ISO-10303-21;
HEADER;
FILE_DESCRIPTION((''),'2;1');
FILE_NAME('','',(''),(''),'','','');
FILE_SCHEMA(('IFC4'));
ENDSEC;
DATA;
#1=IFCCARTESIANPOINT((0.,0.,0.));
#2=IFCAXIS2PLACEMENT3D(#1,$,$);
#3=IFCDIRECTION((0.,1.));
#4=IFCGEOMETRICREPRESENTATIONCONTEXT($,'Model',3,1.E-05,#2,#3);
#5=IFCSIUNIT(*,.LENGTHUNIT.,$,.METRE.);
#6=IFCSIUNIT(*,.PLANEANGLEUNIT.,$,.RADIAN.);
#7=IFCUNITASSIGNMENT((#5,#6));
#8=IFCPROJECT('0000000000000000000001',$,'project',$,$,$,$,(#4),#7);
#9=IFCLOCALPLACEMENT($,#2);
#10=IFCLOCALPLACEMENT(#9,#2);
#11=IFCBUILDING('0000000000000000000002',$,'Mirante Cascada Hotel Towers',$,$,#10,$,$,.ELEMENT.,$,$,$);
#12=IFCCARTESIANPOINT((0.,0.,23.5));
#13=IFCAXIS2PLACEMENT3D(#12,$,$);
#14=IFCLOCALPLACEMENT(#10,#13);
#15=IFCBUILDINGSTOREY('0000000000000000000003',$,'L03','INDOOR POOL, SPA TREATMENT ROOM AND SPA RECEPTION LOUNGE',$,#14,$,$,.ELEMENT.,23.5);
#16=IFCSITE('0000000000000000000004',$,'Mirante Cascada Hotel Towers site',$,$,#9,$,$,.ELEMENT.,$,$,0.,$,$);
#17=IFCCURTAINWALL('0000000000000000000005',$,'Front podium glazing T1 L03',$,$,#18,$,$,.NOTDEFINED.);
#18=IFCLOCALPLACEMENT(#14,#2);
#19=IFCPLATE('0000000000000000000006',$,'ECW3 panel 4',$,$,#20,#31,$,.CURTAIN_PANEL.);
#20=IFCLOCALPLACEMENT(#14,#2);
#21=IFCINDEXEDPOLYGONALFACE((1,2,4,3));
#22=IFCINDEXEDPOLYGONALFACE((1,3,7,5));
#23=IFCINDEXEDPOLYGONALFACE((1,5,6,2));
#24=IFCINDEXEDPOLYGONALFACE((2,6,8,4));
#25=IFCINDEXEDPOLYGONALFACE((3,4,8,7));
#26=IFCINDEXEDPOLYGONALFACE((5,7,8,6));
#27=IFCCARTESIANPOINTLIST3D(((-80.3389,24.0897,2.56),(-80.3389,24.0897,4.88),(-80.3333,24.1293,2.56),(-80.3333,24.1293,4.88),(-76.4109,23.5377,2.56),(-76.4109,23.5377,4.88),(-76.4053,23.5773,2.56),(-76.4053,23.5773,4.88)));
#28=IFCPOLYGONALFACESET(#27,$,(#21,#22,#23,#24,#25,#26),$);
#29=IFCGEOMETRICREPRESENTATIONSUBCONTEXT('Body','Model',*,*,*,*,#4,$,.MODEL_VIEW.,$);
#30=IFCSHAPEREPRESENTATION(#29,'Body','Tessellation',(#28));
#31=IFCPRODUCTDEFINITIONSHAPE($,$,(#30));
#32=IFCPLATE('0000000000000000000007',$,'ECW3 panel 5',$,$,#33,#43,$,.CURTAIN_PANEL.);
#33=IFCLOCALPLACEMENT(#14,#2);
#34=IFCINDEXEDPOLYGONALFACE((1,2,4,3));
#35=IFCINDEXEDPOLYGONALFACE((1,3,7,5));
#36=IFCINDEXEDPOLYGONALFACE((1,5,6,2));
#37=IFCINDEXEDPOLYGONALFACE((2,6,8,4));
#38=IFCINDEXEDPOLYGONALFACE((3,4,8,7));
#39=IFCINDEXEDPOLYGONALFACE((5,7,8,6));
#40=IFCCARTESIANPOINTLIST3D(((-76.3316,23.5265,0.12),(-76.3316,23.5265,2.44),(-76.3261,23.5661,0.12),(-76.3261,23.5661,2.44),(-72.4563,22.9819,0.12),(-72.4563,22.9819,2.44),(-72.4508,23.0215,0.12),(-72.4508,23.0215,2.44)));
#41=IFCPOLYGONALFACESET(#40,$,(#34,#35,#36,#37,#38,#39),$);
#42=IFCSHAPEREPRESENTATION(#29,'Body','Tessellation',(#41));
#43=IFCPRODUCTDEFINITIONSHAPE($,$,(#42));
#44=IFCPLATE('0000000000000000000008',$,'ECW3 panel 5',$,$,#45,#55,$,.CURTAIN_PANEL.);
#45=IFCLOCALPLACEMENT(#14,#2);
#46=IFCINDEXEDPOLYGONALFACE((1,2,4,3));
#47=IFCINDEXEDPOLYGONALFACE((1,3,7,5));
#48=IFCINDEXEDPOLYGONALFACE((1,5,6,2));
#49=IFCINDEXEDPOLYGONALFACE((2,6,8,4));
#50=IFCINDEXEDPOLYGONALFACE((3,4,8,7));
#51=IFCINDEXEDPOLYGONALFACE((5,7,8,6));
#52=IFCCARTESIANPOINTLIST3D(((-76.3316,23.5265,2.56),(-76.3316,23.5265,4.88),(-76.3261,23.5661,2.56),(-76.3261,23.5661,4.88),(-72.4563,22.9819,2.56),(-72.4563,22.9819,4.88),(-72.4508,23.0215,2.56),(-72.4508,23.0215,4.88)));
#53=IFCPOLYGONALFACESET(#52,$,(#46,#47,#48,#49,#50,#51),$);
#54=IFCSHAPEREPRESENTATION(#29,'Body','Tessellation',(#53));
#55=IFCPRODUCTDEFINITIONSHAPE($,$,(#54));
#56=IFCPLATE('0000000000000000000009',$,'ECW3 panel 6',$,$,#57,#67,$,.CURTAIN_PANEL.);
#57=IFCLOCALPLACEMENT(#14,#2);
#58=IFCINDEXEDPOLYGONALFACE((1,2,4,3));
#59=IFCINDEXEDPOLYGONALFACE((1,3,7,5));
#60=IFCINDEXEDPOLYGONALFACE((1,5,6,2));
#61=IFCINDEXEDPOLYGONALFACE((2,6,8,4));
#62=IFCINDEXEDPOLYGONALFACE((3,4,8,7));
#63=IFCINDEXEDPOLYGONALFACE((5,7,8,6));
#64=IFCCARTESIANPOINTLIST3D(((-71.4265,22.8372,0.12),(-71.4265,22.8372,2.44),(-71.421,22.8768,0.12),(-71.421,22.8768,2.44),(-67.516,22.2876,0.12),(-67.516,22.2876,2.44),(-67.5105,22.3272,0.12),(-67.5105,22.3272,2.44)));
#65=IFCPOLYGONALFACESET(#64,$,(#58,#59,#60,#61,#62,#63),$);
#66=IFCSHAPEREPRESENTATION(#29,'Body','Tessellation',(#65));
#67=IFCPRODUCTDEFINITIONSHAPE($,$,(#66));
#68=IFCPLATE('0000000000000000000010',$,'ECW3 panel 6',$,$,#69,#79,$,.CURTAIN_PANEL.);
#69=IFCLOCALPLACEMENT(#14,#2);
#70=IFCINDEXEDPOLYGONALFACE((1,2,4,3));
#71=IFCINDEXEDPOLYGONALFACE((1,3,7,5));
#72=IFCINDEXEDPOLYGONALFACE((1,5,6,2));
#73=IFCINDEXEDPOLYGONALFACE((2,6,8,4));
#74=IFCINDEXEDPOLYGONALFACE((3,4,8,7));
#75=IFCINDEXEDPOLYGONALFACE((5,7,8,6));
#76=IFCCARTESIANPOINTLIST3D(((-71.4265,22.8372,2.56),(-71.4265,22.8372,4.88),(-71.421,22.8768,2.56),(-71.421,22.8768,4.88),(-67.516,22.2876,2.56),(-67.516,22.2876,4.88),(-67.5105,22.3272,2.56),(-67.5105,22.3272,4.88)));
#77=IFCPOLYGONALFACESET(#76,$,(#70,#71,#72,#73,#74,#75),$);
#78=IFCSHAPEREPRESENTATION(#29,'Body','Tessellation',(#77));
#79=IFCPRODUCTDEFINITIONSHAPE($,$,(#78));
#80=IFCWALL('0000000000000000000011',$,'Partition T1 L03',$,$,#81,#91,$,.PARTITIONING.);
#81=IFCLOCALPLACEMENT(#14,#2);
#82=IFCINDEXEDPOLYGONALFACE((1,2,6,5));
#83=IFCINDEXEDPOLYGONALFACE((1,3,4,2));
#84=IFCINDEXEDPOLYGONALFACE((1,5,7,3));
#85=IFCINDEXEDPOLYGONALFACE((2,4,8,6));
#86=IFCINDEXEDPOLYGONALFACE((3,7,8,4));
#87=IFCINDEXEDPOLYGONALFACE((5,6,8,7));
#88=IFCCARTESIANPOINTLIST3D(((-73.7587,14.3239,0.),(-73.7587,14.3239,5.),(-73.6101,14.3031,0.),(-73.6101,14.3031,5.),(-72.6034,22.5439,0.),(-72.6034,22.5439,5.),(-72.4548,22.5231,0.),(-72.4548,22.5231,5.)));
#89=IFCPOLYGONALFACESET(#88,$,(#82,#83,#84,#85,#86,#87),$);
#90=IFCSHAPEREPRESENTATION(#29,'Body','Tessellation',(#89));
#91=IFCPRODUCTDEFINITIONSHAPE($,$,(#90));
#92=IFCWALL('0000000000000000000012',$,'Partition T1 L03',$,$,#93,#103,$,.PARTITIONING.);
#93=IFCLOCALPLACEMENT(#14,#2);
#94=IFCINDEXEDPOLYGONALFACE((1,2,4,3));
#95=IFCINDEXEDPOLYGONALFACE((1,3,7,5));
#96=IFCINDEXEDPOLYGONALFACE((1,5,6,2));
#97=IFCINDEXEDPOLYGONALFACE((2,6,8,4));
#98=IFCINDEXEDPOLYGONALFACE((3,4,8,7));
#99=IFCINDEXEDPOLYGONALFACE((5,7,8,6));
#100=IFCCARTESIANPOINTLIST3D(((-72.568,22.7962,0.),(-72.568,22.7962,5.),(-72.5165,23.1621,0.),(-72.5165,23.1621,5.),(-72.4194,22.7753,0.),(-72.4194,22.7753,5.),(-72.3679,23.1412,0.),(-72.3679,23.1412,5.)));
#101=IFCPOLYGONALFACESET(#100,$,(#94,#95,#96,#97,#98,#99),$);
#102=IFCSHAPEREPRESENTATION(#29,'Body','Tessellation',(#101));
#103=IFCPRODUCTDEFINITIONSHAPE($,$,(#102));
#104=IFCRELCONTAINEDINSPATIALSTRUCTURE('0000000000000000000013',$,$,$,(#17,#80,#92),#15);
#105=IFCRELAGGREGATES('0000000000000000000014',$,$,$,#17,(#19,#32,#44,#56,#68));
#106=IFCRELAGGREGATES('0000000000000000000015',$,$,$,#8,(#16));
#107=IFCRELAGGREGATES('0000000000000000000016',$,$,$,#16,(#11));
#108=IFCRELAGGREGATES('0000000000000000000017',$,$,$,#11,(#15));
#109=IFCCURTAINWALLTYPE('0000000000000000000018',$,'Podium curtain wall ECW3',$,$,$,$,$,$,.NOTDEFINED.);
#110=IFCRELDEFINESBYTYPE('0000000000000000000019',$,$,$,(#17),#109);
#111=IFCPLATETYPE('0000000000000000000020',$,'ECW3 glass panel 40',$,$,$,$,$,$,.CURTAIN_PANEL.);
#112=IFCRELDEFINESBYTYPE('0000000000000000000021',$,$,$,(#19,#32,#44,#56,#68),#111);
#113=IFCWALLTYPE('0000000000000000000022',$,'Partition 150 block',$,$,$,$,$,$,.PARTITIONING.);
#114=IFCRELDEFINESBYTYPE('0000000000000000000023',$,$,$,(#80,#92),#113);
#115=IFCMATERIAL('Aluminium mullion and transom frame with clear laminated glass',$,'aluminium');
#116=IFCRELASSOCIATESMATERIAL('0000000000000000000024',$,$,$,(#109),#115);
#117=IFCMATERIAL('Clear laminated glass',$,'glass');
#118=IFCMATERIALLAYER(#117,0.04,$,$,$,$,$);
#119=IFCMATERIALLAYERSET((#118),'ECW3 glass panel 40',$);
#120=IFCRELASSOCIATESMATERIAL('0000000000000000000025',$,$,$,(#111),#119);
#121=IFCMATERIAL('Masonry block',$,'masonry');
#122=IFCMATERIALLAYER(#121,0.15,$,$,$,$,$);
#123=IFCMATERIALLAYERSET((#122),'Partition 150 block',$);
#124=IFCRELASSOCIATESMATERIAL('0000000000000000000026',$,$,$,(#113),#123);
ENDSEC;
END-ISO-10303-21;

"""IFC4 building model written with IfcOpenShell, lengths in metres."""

from ifc_helpers import new_model, si_unit, direction, frame, frame_2d, origin, origin_2d, place, context, subcontext, project, spatial, rectangle, extrude, material, layer, layer_set, type_object, element, aggregate, save


model = new_model("IFC4")

# Units and contexts
model_context = context("Model", 3, precision=1e-05, world=origin(), true_north=direction((0.0, 1.0)))
body_context = subcontext(model_context, "Body", "Model", "MODEL_VIEW")
ifc_project = project(units=[si_unit("LENGTHUNIT", "METRE"), si_unit("PLANEANGLEUNIT", "RADIAN")], contexts=[model_context])

# Site, building, storey
site_placement = place(None, origin())
site = spatial("IfcSite", under=ifc_project, at=site_placement, Name="Mirante Cascada Hotel Towers site", CompositionType="ELEMENT", RefElevation=0.0)
building_placement = place(site_placement, origin())
building = spatial("IfcBuilding", under=site, at=building_placement, Name="Mirante Cascada Hotel Towers", CompositionType="ELEMENT")
storey_placement = place(building_placement, frame((0.0, 0.0, 23.5)))
storey = spatial("IfcBuildingStorey", under=building, at=storey_placement, Name="L03", Description="INDOOR POOL, SPA TREATMENT ROOM AND SPA RECEPTION LOUNGE", CompositionType="ELEMENT", Elevation=23.5)

# Curtain wall, plates
ifc_material_1 = material(Name="Aluminium mullion and transom frame with clear laminated glass", Category="aluminium")
curtain_wall_type = type_object("IfcCurtainWallType", Name="Podium curtain wall ECW3", PredefinedType="NOTDEFINED", material=ifc_material_1)
curtain_wall_placement = place(storey_placement, origin())
curtain_wall = element("IfcCurtainWall", 1, at=curtain_wall_placement, inside=storey, type_object=curtain_wall_type, Name="Front podium glazing T1 L03", PredefinedType="NOTDEFINED")
ifc_material_2 = material(Name="Clear laminated glass", Category="glass")
ifc_layer_1 = layer(ifc_material_2, 0.04)
ifc_layer_set_1 = layer_set([ifc_layer_1], Name="ECW3 glass panel 40")
plate_type = type_object("IfcPlateType", Name="ECW3 glass panel 40", PredefinedType="CURTAIN_PANEL", material=ifc_layer_set_1)
plate_1_placement = place(storey_placement, frame((-78.3721, 23.8335, 2.56), z_axis=(0.0, 0.0, 1.0), x_axis=(0.990268, -0.139173, 0.0)))
plate_1 = element("IfcPlate", 2, at=plate_1_placement, type_object=plate_type, Name="ECW3 panel 4", PredefinedType="CURTAIN_PANEL", context=body_context, shape_type="SweptSolid", body=[
    extrude(rectangle(XDim=3.9666, YDim=0.04, at=origin_2d()), origin(), (0.0, 0.0, 1.0), 2.32),
])
plate_2_placement = place(storey_placement, frame((-74.3912, 23.274, 0.12), z_axis=(0.0, 0.0, 1.0), x_axis=(0.990268, -0.139173, 0.0)))
plate_2 = element("IfcPlate", 3, at=plate_2_placement, type_object=plate_type, Name="ECW3 panel 5", PredefinedType="CURTAIN_PANEL", context=body_context, shape_type="SweptSolid", body=[
    extrude(rectangle(XDim=3.9134, YDim=0.04, at=origin_2d()), origin(), (0.0, 0.0, 1.0), 2.32),
])
plate_3_placement = place(storey_placement, frame((-74.3912, 23.274, 2.56), z_axis=(0.0, 0.0, 1.0), x_axis=(0.990268, -0.139173, 0.0)))
plate_3 = element("IfcPlate", 4, at=plate_3_placement, type_object=plate_type, Name="ECW3 panel 5", PredefinedType="CURTAIN_PANEL", context=body_context, shape_type="SweptSolid", body=[
    extrude(rectangle(XDim=3.9134, YDim=0.04, at=origin_2d()), origin(), (0.0, 0.0, 1.0), 2.32),
])
plate_4_placement = place(storey_placement, frame((-69.4685, 22.5822, 0.12), z_axis=(0.0, 0.0, 1.0), x_axis=(0.990268, -0.139173, 0.0)))
plate_4 = element("IfcPlate", 5, at=plate_4_placement, type_object=plate_type, Name="ECW3 panel 6", PredefinedType="CURTAIN_PANEL", context=body_context, shape_type="SweptSolid", body=[
    extrude(rectangle(XDim=3.9489, YDim=0.04, at=origin_2d()), origin(), (0.0, 0.0, 1.0), 2.32),
])
plate_5_placement = place(storey_placement, frame((-69.4685, 22.5822, 2.56), z_axis=(0.0, 0.0, 1.0), x_axis=(0.990268, -0.139173, 0.0)))
plate_5 = element("IfcPlate", 6, at=plate_5_placement, type_object=plate_type, Name="ECW3 panel 6", PredefinedType="CURTAIN_PANEL", context=body_context, shape_type="SweptSolid", body=[
    extrude(rectangle(XDim=3.9489, YDim=0.04, at=origin_2d()), origin(), (0.0, 0.0, 1.0), 2.32),
])
aggregate(curtain_wall, [plate_1, plate_2, plate_3, plate_4, plate_5])

# Walls
ifc_material_3 = material(Name="Masonry block", Category="masonry")
ifc_layer_2 = layer(ifc_material_3, 0.15)
ifc_layer_set_2 = layer_set([ifc_layer_2], Name="Partition 150 block")
wall_type = type_object("IfcWallType", Name="Partition 150 block", PredefinedType="PARTITIONING", material=ifc_layer_set_2)
wall_1_placement = place(storey_placement, frame((-73.6844, 14.3135, 0.0), z_axis=(0.0, 0.0, 1.0), x_axis=(0.13918, 0.990267, 0.0)))
element("IfcWall", 7, at=wall_1_placement, inside=storey, type_object=wall_type, Name="Partition T1 L03", PredefinedType="PARTITIONING", context=body_context, shape_type="SweptSolid", body=[
    extrude(rectangle(XDim=8.3008, YDim=0.15, at=frame_2d((4.1504, 0.0))), origin(), (0.0, 0.0, 1.0), 5.0),
])
wall_2_placement = place(storey_placement, frame((-72.4937, 22.7857, 0.0), z_axis=(0.0, 0.0, 1.0), x_axis=(0.139375, 0.99024, 0.0)))
element("IfcWall", 8, at=wall_2_placement, inside=storey, type_object=wall_type, Name="Partition T1 L03", PredefinedType="PARTITIONING", context=body_context, shape_type="SweptSolid", body=[
    extrude(rectangle(XDim=0.3695, YDim=0.15, at=frame_2d((0.1848, 0.0))), origin(), (0.0, 0.0, 1.0), 5.0),
])

save(model, "model.ifc")
